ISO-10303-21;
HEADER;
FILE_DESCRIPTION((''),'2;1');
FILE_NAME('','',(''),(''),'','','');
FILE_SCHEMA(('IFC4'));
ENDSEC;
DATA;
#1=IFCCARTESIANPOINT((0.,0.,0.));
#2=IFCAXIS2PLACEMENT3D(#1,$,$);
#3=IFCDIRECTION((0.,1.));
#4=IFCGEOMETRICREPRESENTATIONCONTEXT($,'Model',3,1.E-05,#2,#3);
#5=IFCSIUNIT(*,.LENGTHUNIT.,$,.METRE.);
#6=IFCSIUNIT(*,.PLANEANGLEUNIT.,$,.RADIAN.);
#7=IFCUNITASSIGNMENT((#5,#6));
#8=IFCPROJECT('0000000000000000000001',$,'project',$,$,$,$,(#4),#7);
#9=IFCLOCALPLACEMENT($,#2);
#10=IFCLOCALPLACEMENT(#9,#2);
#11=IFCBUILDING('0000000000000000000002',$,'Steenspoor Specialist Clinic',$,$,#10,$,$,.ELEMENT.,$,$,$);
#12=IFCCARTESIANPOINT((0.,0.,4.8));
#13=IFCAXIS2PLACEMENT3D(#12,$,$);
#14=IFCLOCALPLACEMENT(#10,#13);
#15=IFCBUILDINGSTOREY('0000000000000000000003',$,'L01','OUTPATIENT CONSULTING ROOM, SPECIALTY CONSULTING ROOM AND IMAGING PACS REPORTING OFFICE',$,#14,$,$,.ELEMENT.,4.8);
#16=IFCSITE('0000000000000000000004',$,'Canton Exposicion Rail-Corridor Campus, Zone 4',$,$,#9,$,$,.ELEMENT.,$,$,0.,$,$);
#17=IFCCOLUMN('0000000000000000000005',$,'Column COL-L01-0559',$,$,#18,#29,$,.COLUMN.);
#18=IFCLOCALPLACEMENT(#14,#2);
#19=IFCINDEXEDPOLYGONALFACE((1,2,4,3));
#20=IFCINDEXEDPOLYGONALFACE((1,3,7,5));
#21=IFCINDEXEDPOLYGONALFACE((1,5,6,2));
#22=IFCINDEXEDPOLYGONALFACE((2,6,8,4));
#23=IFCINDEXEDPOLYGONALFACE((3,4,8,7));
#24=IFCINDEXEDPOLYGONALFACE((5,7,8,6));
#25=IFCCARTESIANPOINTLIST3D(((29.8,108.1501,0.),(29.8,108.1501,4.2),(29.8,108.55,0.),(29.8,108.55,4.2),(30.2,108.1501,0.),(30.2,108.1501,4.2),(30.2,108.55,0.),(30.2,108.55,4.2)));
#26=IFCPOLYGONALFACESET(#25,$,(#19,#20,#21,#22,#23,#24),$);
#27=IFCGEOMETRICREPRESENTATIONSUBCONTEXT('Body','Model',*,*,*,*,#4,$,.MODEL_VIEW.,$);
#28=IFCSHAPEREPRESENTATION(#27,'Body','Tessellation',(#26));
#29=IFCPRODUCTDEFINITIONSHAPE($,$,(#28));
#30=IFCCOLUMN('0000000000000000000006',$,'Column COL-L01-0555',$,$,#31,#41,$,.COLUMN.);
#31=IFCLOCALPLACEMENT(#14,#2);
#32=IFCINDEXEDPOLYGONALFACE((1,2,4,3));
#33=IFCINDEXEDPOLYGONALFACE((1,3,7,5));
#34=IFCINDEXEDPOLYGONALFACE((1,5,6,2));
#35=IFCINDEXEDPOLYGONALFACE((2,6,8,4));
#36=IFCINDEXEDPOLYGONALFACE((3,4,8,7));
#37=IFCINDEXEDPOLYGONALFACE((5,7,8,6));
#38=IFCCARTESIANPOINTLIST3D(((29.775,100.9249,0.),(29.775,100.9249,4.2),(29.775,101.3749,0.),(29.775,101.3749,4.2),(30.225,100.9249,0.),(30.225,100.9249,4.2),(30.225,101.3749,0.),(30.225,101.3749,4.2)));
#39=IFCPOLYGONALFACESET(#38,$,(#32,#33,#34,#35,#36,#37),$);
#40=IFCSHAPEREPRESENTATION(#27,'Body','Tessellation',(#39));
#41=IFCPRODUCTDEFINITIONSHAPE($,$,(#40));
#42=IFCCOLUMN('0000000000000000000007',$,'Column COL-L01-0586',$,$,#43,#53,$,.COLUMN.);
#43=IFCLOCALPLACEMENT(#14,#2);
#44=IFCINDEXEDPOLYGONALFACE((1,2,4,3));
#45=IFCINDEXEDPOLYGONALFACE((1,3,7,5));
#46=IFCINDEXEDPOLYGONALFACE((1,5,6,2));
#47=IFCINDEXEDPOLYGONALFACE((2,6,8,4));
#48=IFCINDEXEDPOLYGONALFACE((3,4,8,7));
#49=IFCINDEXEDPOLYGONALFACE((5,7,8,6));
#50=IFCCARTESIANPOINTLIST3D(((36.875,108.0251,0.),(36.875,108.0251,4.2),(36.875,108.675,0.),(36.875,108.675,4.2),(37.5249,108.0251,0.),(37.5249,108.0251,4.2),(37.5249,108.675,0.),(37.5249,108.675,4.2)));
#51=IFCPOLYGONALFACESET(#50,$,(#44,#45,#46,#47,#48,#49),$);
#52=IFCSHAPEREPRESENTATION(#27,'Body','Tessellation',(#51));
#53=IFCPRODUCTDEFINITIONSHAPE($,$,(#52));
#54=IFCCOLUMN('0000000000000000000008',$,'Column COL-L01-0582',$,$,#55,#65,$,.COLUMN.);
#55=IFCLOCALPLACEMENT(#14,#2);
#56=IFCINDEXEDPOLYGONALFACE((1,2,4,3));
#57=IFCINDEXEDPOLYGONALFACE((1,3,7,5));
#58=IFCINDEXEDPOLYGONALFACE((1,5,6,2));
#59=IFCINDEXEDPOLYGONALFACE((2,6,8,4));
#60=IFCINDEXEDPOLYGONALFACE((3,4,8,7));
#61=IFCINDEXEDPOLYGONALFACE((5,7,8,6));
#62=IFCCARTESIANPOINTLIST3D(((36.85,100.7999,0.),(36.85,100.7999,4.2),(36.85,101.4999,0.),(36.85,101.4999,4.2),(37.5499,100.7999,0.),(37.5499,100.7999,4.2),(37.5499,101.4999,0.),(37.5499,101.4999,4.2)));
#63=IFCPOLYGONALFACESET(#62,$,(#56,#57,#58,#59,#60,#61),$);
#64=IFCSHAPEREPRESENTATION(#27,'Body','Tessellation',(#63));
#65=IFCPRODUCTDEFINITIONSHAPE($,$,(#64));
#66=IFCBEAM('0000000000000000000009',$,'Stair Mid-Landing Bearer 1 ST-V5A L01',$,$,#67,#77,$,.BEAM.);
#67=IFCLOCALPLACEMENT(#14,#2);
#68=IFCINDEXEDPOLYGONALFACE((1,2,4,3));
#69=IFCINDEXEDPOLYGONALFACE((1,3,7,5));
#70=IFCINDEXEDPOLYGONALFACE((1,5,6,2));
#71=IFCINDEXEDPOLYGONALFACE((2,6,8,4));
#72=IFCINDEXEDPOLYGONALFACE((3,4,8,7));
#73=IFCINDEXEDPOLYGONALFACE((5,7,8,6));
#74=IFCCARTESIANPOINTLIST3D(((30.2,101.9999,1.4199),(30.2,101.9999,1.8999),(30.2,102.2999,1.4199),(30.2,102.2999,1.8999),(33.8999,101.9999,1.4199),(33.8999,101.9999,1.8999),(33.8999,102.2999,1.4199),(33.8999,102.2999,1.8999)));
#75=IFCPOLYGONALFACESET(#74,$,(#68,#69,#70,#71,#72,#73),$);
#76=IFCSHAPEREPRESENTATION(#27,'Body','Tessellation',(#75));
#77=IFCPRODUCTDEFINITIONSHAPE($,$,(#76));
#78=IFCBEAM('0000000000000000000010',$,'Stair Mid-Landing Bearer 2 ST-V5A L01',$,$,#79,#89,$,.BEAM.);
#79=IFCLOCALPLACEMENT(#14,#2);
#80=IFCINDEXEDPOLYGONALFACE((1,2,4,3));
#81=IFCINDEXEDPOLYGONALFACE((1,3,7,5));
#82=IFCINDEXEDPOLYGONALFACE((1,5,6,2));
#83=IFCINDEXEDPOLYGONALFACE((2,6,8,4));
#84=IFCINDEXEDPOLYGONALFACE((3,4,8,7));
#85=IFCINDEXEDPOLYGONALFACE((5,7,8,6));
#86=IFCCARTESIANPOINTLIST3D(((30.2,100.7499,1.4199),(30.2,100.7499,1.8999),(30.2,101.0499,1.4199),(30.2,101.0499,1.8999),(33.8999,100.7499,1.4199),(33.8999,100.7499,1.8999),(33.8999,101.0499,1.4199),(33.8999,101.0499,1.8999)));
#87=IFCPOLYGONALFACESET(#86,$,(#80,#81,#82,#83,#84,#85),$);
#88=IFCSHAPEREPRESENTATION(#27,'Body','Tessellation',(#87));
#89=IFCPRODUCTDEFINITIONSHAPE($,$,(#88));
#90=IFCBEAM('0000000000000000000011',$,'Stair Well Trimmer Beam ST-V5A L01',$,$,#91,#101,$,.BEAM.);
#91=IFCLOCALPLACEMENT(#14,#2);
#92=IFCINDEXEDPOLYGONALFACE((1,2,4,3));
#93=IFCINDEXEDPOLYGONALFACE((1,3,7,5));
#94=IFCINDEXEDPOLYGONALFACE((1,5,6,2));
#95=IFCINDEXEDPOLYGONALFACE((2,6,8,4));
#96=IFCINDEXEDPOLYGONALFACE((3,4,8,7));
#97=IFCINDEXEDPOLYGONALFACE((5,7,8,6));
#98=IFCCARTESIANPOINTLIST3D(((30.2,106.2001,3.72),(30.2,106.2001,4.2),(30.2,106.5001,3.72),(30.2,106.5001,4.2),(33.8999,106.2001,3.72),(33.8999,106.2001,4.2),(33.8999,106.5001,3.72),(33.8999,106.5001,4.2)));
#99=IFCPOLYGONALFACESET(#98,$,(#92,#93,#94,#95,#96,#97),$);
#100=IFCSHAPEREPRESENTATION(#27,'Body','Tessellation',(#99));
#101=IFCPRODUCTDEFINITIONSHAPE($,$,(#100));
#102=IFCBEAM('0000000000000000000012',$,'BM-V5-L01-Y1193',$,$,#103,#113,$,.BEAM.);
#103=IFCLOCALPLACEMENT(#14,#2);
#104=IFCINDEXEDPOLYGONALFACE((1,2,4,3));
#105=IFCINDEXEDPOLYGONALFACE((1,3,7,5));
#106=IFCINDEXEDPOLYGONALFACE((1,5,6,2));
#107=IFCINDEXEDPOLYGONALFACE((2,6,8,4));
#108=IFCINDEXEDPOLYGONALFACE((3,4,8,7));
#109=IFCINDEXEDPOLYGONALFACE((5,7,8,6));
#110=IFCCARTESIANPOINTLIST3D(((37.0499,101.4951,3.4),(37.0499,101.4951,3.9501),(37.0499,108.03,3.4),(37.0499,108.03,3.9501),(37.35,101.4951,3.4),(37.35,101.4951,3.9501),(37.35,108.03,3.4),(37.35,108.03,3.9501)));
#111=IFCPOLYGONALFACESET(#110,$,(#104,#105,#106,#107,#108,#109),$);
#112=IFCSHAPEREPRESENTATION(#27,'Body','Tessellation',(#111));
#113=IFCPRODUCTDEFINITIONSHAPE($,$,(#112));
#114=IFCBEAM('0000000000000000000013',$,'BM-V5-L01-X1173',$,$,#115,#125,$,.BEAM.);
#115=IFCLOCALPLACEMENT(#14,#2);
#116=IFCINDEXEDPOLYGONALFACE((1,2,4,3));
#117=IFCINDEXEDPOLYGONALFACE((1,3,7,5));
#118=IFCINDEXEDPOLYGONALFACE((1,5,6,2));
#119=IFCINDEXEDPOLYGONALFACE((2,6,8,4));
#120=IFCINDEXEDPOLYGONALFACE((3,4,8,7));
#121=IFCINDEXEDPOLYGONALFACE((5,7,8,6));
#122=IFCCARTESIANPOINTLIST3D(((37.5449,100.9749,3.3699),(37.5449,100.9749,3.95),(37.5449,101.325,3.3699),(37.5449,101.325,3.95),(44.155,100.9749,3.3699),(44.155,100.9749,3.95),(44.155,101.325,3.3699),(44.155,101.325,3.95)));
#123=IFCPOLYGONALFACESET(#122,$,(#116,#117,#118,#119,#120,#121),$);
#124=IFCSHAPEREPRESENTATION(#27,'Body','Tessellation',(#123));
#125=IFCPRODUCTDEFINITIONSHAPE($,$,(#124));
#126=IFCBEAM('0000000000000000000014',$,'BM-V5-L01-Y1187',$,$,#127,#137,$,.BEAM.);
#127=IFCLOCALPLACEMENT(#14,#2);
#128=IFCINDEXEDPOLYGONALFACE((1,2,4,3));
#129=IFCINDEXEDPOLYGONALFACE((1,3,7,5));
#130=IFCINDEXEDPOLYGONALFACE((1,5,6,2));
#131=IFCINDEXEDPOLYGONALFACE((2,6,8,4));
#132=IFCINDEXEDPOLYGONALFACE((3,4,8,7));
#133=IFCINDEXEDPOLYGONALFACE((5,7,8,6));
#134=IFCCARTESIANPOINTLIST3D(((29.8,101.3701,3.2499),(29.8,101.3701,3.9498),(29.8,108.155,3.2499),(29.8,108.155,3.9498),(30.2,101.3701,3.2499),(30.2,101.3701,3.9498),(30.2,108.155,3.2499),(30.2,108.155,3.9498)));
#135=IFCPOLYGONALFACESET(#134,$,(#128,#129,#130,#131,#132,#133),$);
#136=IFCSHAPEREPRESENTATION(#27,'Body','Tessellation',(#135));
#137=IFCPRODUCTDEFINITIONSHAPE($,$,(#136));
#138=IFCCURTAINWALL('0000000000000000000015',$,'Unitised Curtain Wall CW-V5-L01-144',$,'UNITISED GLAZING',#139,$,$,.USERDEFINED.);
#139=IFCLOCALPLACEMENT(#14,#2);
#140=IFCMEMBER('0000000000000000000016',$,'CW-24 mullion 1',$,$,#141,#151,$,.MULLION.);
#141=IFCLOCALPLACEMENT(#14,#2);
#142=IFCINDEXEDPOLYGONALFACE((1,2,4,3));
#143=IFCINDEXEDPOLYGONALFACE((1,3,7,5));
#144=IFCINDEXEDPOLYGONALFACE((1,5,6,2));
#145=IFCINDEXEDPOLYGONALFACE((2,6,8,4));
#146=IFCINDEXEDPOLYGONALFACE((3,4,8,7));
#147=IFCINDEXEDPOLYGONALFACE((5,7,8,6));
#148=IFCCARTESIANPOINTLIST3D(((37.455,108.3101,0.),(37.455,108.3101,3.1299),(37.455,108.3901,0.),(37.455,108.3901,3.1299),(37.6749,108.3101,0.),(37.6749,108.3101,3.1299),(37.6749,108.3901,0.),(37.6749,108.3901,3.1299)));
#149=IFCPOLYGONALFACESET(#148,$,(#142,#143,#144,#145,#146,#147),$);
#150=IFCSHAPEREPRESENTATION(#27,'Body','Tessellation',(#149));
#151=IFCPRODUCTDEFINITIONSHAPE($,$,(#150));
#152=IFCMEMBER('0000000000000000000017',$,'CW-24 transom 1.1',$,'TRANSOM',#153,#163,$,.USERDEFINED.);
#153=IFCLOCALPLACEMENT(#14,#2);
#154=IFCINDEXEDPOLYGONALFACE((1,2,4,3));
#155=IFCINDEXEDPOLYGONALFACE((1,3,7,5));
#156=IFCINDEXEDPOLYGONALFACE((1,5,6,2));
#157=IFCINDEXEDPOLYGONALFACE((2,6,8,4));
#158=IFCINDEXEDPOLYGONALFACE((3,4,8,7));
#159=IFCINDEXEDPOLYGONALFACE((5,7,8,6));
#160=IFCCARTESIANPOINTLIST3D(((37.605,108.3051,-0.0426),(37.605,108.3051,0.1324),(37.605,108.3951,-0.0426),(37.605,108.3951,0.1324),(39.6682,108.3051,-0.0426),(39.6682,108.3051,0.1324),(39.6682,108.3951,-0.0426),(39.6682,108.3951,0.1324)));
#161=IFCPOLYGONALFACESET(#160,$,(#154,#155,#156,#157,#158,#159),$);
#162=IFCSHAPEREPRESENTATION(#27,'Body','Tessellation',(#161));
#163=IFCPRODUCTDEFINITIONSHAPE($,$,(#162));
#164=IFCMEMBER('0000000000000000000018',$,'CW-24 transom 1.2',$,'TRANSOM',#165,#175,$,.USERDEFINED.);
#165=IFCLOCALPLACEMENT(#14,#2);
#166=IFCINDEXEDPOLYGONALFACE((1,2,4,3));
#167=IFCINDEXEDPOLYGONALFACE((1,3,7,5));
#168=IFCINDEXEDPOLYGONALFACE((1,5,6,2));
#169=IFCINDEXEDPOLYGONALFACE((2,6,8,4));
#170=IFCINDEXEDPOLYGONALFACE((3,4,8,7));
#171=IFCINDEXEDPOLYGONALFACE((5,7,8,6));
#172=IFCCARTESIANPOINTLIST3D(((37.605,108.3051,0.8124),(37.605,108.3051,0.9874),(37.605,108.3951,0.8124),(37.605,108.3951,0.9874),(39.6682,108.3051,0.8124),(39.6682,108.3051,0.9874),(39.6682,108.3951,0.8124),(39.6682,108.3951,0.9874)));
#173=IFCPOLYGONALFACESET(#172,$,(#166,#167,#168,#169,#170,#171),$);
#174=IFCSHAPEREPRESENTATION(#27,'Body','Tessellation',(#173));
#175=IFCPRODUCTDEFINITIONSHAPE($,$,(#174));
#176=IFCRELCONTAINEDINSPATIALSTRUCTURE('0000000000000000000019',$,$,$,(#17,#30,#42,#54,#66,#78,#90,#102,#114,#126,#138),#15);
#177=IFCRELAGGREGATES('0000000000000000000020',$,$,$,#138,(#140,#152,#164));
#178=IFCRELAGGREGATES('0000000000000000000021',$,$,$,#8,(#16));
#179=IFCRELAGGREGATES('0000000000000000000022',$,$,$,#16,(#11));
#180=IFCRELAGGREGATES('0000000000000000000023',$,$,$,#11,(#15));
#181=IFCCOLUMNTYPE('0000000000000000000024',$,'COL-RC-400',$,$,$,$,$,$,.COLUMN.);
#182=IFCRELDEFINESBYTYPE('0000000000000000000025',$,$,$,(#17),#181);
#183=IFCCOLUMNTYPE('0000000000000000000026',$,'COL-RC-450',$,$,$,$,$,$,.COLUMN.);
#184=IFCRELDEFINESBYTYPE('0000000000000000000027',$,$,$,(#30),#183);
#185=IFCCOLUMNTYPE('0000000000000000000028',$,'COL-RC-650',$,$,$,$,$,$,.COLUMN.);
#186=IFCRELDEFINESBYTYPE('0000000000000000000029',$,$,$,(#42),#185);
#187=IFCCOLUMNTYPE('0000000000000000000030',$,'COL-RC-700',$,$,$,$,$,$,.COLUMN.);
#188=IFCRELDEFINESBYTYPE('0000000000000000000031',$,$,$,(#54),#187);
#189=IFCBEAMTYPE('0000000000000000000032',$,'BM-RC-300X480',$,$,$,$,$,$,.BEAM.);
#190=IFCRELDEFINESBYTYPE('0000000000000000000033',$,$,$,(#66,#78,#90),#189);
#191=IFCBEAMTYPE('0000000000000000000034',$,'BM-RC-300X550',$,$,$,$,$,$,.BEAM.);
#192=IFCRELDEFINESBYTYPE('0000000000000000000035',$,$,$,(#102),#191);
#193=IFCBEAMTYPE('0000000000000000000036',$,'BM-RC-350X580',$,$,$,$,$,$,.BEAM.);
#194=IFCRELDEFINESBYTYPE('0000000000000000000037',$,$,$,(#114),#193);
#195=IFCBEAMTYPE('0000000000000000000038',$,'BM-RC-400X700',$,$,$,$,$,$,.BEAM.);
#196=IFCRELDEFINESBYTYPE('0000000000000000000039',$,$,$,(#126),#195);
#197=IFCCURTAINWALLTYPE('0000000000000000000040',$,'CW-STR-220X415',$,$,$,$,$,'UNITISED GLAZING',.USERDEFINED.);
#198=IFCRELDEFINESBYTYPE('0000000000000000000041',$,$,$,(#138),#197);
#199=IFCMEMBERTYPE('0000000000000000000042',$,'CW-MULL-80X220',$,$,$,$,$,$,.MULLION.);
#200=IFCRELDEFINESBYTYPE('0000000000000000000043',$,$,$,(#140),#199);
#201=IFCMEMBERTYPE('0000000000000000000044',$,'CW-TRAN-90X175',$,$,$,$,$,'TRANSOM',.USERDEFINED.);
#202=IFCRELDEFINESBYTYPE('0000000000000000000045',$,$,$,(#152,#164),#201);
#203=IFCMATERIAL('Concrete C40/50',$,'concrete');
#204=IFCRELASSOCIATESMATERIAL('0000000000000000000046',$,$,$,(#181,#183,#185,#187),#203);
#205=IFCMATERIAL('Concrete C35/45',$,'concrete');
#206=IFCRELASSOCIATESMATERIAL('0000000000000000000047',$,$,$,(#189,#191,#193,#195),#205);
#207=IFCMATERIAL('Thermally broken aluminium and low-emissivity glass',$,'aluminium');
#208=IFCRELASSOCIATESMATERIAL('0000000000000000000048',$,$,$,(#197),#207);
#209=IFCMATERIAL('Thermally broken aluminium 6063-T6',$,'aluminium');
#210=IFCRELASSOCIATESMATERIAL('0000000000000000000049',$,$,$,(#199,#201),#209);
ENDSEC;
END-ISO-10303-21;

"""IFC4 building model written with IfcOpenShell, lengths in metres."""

from ifc_helpers import new_model, si_unit, direction, frame, origin, origin_2d, place, context, subcontext, project, spatial, rectangle, extrude, material, material_profile, profile_set, type_object, element, aggregate, save


model = new_model("IFC4")

# Units and contexts
model_context = context("Model", 3, precision=1e-05, world=origin(), true_north=direction((0.0, 1.0)))
body_context = subcontext(model_context, "Body", "Model", "MODEL_VIEW")
ifc_project = project(units=[si_unit("LENGTHUNIT", "METRE"), si_unit("PLANEANGLEUNIT", "RADIAN")], contexts=[model_context])

# Site, building, storey
site_placement = place(None, origin())
site = spatial("IfcSite", under=ifc_project, at=site_placement, Name="Canton Exposicion Rail-Corridor Campus, Zone 4", CompositionType="ELEMENT", RefElevation=0.0)
building_placement = place(site_placement, origin())
building = spatial("IfcBuilding", under=site, at=building_placement, Name="Steenspoor Specialist Clinic", CompositionType="ELEMENT")
storey_placement = place(building_placement, frame((0.0, 0.0, 4.8)))
storey = spatial("IfcBuildingStorey", under=building, at=storey_placement, Name="L01", Description="OUTPATIENT CONSULTING ROOM, SPECIALTY CONSULTING ROOM AND IMAGING PACS REPORTING OFFICE", CompositionType="ELEMENT", Elevation=4.8)

# Columns
ifc_material_1 = material(Name="Concrete C40/50", Category="concrete")
ifc_material_profile_1 = material_profile(ifc_material_1, rectangle(XDim=0.3999, YDim=0.3999, at=origin_2d()), Name="RC-COL-400X400")
ifc_profile_set_1 = profile_set([ifc_material_profile_1], Name="Concrete C40/50")
column_type_1 = type_object("IfcColumnType", Name="COL-RC-400", PredefinedType="COLUMN", material=ifc_profile_set_1)
column_1_placement = place(storey_placement, frame((30.0, 108.3501, 0.0), z_axis=(0.0, 0.0, 1.0), x_axis=(1.0, 0.0, 0.0)))
element("IfcColumn", 1, at=column_1_placement, inside=storey, type_object=column_type_1, Name="Column COL-L01-0559", PredefinedType="COLUMN", context=body_context, shape_type="SweptSolid", body=[
    extrude(rectangle(XDim=0.3999, YDim=0.3999, at=origin_2d()), origin(), (0.0, 0.0, 1.0), 4.2),
])
ifc_material_profile_2 = material_profile(ifc_material_1, rectangle(XDim=0.45, YDim=0.45, at=origin_2d()), Name="RC-COL-450X450")
ifc_profile_set_2 = profile_set([ifc_material_profile_2], Name="Concrete C40/50")
column_type_2 = type_object("IfcColumnType", Name="COL-RC-450", PredefinedType="COLUMN", material=ifc_profile_set_2)
column_2_placement = place(storey_placement, frame((30.0, 101.1499, 0.0), z_axis=(0.0, 0.0, 1.0), x_axis=(1.0, 0.0, 0.0)))
element("IfcColumn", 2, at=column_2_placement, inside=storey, type_object=column_type_2, Name="Column COL-L01-0555", PredefinedType="COLUMN", context=body_context, shape_type="SweptSolid", body=[
    extrude(rectangle(XDim=0.45, YDim=0.45, at=origin_2d()), origin(), (0.0, 0.0, 1.0), 4.2),
])
ifc_material_profile_3 = material_profile(ifc_material_1, rectangle(XDim=0.6499, YDim=0.6499, at=origin_2d()), Name="RC-COL-650X650")
ifc_profile_set_3 = profile_set([ifc_material_profile_3], Name="Concrete C40/50")
column_type_3 = type_object("IfcColumnType", Name="COL-RC-650", PredefinedType="COLUMN", material=ifc_profile_set_3)
column_3_placement = place(storey_placement, frame((37.2, 108.3501, 0.0), z_axis=(0.0, 0.0, 1.0), x_axis=(1.0, 0.0, 0.0)))
element("IfcColumn", 3, at=column_3_placement, inside=storey, type_object=column_type_3, Name="Column COL-L01-0586", PredefinedType="COLUMN", context=body_context, shape_type="SweptSolid", body=[
    extrude(rectangle(XDim=0.6499, YDim=0.6499, at=origin_2d()), origin(), (0.0, 0.0, 1.0), 4.2),
])
ifc_material_profile_4 = material_profile(ifc_material_1, rectangle(XDim=0.7, YDim=0.7, at=origin_2d()), Name="RC-COL-700X700")
ifc_profile_set_4 = profile_set([ifc_material_profile_4], Name="Concrete C40/50")
column_type_4 = type_object("IfcColumnType", Name="COL-RC-700", PredefinedType="COLUMN", material=ifc_profile_set_4)
column_4_placement = place(storey_placement, frame((37.2, 101.1499, 0.0), z_axis=(0.0, 0.0, 1.0), x_axis=(1.0, 0.0, 0.0)))
element("IfcColumn", 4, at=column_4_placement, inside=storey, type_object=column_type_4, Name="Column COL-L01-0582", PredefinedType="COLUMN", context=body_context, shape_type="SweptSolid", body=[
    extrude(rectangle(XDim=0.7, YDim=0.7, at=origin_2d()), origin(), (0.0, 0.0, 1.0), 4.2),
])

# Beams
ifc_material_2 = material(Name="Concrete C35/45", Category="concrete")
ifc_material_profile_5 = material_profile(ifc_material_2, rectangle(XDim=0.3, YDim=0.48, at=origin_2d()), Name="RC-BM-300X480")
ifc_profile_set_5 = profile_set([ifc_material_profile_5], Name="Concrete C35/45")
beam_type_1 = type_object("IfcBeamType", Name="BM-RC-300X480", PredefinedType="BEAM", material=ifc_profile_set_5)
for number, where, z_axis, x_axis, name in (
    (5, (30.2, 102.1499, 1.6599), (1.0, 0.0, 0.0), (0.0, 1.0, 0.0), "Stair Mid-Landing Bearer 1 ST-V5A L01"),
    (6, (30.2, 100.8999, 1.6599), (1.0, 0.0, 0.0), (0.0, 1.0, 0.0), "Stair Mid-Landing Bearer 2 ST-V5A L01"),
    (7, (30.2, 106.3501, 3.96), (1.0, 0.0, 0.0), (0.0, 1.0, 0.0), "Stair Well Trimmer Beam ST-V5A L01"),
):
    element("IfcBeam", number, at=place(storey_placement, frame(where, z_axis=z_axis, x_axis=x_axis)), inside=storey, type_object=beam_type_1, Name=name, PredefinedType="BEAM", context=body_context, shape_type="SweptSolid", body=[
        extrude(rectangle(XDim=0.3, YDim=0.48, at=origin_2d()), origin(), (0.0, 0.0, 1.0), 3.7),
    ])
ifc_material_profile_6 = material_profile(ifc_material_2, rectangle(XDim=0.3, YDim=0.55, at=origin_2d()), Name="RC-BM-300X550")
ifc_profile_set_6 = profile_set([ifc_material_profile_6], Name="Concrete C35/45")
beam_type_2 = type_object("IfcBeamType", Name="BM-RC-300X550", PredefinedType="BEAM", material=ifc_profile_set_6)
beam_1_placement = place(storey_placement, frame((37.2, 101.4951, 3.675), z_axis=(0.0, 1.0, 0.0), x_axis=(-1.0, 0.0, 0.0)))
element("IfcBeam", 8, at=beam_1_placement, inside=storey, type_object=beam_type_2, Name="BM-V5-L01-Y1193", PredefinedType="BEAM", context=body_context, shape_type="SweptSolid", body=[
    extrude(rectangle(XDim=0.3, YDim=0.55, at=origin_2d()), origin(), (0.0, 0.0, 1.0), 6.5349),
])
ifc_material_profile_7 = material_profile(ifc_material_2, rectangle(XDim=0.3501, YDim=0.5801, at=origin_2d()), Name="RC-BM-350X580")
ifc_profile_set_7 = profile_set([ifc_material_profile_7], Name="Concrete C35/45")
beam_type_3 = type_object("IfcBeamType", Name="BM-RC-350X580", PredefinedType="BEAM", material=ifc_profile_set_7)
beam_2_placement = place(storey_placement, frame((37.5449, 101.1499, 3.6599), z_axis=(1.0, 0.0, 0.0), x_axis=(0.0, 1.0, 0.0)))
element("IfcBeam", 9, at=beam_2_placement, inside=storey, type_object=beam_type_3, Name="BM-V5-L01-X1173", PredefinedType="BEAM", context=body_context, shape_type="SweptSolid", body=[
    extrude(rectangle(XDim=0.3501, YDim=0.5801, at=origin_2d()), origin(), (0.0, 0.0, 1.0), 6.6101),
])
ifc_material_profile_8 = material_profile(ifc_material_2, rectangle(XDim=0.3999, YDim=0.7, at=origin_2d()), Name="RC-BM-400X700")
ifc_profile_set_8 = profile_set([ifc_material_profile_8], Name="Concrete C35/45")
beam_type_4 = type_object("IfcBeamType", Name="BM-RC-400X700", PredefinedType="BEAM", material=ifc_profile_set_8)
beam_3_placement = place(storey_placement, frame((30.0, 101.3701, 3.5999), z_axis=(0.0, 1.0, 0.0), x_axis=(-1.0, 0.0, 0.0)))
element("IfcBeam", 10, at=beam_3_placement, inside=storey, type_object=beam_type_4, Name="BM-V5-L01-Y1187", PredefinedType="BEAM", context=body_context, shape_type="SweptSolid", body=[
    extrude(rectangle(XDim=0.3999, YDim=0.7, at=origin_2d()), origin(), (0.0, 0.0, 1.0), 6.7849),
])

# Curtain wall, members
ifc_material_3 = material(Name="Thermally broken aluminium and low-emissivity glass", Category="aluminium")
curtain_wall_type = type_object("IfcCurtainWallType", Name="CW-STR-220X415", ElementType="UNITISED GLAZING", PredefinedType="USERDEFINED", material=ifc_material_3)
curtain_wall_placement = place(storey_placement, origin())
curtain_wall = element("IfcCurtainWall", 11, at=curtain_wall_placement, inside=storey, type_object=curtain_wall_type, Name="Unitised Curtain Wall CW-V5-L01-144", ObjectType="UNITISED GLAZING", PredefinedType="USERDEFINED")
ifc_material_4 = material(Name="Thermally broken aluminium 6063-T6", Category="aluminium")
ifc_material_profile_9 = material_profile(ifc_material_4, rectangle(XDim=0.0801, YDim=0.22, at=origin_2d()), Name="CWM-80X220")
ifc_profile_set_9 = profile_set([ifc_material_profile_9], Name="Thermally broken aluminium 6063-T6")
member_type_1 = type_object("IfcMemberType", Name="CW-MULL-80X220", PredefinedType="MULLION", material=ifc_profile_set_9)
member_1_placement = place(storey_placement, frame((37.5649, 108.3501, 0.0), z_axis=(0.0, 0.0, 1.0), x_axis=(0.0, 1.0, 0.0)))
member_1 = element("IfcMember", 12, at=member_1_placement, type_object=member_type_1, Name="CW-24 mullion 1", PredefinedType="MULLION", context=body_context, shape_type="SweptSolid", body=[
    extrude(rectangle(XDim=0.0801, YDim=0.22, at=origin_2d()), origin(), (0.0, 0.0, 1.0), 3.1299),
])
ifc_material_profile_10 = material_profile(ifc_material_4, rectangle(XDim=0.0901, YDim=0.175, at=origin_2d()), Name="CWT-90X175")
ifc_profile_set_10 = profile_set([ifc_material_profile_10], Name="Thermally broken aluminium 6063-T6")
member_type_2 = type_object("IfcMemberType", Name="CW-TRAN-90X175", ElementType="TRANSOM", PredefinedType="USERDEFINED", material=ifc_profile_set_10)
member_2_placement = place(storey_placement, frame((37.605, 108.3501, 0.0449), z_axis=(1.0, 0.0, 0.0), x_axis=(0.0, 1.0, 0.0)))
member_2 = element("IfcMember", 13, at=member_2_placement, type_object=member_type_2, Name="CW-24 transom 1.1", ObjectType="TRANSOM", PredefinedType="USERDEFINED", context=body_context, shape_type="SweptSolid", body=[
    extrude(rectangle(XDim=0.0901, YDim=0.175, at=origin_2d()), origin(), (0.0, 0.0, 1.0), 2.0632),
])
member_3_placement = place(storey_placement, frame((37.605, 108.3501, 0.8999), z_axis=(1.0, 0.0, 0.0), x_axis=(0.0, 1.0, 0.0)))
member_3 = element("IfcMember", 14, at=member_3_placement, type_object=member_type_2, Name="CW-24 transom 1.2", ObjectType="TRANSOM", PredefinedType="USERDEFINED", context=body_context, shape_type="SweptSolid", body=[
    extrude(rectangle(XDim=0.0901, YDim=0.175, at=origin_2d()), origin(), (0.0, 0.0, 1.0), 2.0632),
])
aggregate(curtain_wall, [member_1, member_2, member_3])

save(model, "model.ifc")
